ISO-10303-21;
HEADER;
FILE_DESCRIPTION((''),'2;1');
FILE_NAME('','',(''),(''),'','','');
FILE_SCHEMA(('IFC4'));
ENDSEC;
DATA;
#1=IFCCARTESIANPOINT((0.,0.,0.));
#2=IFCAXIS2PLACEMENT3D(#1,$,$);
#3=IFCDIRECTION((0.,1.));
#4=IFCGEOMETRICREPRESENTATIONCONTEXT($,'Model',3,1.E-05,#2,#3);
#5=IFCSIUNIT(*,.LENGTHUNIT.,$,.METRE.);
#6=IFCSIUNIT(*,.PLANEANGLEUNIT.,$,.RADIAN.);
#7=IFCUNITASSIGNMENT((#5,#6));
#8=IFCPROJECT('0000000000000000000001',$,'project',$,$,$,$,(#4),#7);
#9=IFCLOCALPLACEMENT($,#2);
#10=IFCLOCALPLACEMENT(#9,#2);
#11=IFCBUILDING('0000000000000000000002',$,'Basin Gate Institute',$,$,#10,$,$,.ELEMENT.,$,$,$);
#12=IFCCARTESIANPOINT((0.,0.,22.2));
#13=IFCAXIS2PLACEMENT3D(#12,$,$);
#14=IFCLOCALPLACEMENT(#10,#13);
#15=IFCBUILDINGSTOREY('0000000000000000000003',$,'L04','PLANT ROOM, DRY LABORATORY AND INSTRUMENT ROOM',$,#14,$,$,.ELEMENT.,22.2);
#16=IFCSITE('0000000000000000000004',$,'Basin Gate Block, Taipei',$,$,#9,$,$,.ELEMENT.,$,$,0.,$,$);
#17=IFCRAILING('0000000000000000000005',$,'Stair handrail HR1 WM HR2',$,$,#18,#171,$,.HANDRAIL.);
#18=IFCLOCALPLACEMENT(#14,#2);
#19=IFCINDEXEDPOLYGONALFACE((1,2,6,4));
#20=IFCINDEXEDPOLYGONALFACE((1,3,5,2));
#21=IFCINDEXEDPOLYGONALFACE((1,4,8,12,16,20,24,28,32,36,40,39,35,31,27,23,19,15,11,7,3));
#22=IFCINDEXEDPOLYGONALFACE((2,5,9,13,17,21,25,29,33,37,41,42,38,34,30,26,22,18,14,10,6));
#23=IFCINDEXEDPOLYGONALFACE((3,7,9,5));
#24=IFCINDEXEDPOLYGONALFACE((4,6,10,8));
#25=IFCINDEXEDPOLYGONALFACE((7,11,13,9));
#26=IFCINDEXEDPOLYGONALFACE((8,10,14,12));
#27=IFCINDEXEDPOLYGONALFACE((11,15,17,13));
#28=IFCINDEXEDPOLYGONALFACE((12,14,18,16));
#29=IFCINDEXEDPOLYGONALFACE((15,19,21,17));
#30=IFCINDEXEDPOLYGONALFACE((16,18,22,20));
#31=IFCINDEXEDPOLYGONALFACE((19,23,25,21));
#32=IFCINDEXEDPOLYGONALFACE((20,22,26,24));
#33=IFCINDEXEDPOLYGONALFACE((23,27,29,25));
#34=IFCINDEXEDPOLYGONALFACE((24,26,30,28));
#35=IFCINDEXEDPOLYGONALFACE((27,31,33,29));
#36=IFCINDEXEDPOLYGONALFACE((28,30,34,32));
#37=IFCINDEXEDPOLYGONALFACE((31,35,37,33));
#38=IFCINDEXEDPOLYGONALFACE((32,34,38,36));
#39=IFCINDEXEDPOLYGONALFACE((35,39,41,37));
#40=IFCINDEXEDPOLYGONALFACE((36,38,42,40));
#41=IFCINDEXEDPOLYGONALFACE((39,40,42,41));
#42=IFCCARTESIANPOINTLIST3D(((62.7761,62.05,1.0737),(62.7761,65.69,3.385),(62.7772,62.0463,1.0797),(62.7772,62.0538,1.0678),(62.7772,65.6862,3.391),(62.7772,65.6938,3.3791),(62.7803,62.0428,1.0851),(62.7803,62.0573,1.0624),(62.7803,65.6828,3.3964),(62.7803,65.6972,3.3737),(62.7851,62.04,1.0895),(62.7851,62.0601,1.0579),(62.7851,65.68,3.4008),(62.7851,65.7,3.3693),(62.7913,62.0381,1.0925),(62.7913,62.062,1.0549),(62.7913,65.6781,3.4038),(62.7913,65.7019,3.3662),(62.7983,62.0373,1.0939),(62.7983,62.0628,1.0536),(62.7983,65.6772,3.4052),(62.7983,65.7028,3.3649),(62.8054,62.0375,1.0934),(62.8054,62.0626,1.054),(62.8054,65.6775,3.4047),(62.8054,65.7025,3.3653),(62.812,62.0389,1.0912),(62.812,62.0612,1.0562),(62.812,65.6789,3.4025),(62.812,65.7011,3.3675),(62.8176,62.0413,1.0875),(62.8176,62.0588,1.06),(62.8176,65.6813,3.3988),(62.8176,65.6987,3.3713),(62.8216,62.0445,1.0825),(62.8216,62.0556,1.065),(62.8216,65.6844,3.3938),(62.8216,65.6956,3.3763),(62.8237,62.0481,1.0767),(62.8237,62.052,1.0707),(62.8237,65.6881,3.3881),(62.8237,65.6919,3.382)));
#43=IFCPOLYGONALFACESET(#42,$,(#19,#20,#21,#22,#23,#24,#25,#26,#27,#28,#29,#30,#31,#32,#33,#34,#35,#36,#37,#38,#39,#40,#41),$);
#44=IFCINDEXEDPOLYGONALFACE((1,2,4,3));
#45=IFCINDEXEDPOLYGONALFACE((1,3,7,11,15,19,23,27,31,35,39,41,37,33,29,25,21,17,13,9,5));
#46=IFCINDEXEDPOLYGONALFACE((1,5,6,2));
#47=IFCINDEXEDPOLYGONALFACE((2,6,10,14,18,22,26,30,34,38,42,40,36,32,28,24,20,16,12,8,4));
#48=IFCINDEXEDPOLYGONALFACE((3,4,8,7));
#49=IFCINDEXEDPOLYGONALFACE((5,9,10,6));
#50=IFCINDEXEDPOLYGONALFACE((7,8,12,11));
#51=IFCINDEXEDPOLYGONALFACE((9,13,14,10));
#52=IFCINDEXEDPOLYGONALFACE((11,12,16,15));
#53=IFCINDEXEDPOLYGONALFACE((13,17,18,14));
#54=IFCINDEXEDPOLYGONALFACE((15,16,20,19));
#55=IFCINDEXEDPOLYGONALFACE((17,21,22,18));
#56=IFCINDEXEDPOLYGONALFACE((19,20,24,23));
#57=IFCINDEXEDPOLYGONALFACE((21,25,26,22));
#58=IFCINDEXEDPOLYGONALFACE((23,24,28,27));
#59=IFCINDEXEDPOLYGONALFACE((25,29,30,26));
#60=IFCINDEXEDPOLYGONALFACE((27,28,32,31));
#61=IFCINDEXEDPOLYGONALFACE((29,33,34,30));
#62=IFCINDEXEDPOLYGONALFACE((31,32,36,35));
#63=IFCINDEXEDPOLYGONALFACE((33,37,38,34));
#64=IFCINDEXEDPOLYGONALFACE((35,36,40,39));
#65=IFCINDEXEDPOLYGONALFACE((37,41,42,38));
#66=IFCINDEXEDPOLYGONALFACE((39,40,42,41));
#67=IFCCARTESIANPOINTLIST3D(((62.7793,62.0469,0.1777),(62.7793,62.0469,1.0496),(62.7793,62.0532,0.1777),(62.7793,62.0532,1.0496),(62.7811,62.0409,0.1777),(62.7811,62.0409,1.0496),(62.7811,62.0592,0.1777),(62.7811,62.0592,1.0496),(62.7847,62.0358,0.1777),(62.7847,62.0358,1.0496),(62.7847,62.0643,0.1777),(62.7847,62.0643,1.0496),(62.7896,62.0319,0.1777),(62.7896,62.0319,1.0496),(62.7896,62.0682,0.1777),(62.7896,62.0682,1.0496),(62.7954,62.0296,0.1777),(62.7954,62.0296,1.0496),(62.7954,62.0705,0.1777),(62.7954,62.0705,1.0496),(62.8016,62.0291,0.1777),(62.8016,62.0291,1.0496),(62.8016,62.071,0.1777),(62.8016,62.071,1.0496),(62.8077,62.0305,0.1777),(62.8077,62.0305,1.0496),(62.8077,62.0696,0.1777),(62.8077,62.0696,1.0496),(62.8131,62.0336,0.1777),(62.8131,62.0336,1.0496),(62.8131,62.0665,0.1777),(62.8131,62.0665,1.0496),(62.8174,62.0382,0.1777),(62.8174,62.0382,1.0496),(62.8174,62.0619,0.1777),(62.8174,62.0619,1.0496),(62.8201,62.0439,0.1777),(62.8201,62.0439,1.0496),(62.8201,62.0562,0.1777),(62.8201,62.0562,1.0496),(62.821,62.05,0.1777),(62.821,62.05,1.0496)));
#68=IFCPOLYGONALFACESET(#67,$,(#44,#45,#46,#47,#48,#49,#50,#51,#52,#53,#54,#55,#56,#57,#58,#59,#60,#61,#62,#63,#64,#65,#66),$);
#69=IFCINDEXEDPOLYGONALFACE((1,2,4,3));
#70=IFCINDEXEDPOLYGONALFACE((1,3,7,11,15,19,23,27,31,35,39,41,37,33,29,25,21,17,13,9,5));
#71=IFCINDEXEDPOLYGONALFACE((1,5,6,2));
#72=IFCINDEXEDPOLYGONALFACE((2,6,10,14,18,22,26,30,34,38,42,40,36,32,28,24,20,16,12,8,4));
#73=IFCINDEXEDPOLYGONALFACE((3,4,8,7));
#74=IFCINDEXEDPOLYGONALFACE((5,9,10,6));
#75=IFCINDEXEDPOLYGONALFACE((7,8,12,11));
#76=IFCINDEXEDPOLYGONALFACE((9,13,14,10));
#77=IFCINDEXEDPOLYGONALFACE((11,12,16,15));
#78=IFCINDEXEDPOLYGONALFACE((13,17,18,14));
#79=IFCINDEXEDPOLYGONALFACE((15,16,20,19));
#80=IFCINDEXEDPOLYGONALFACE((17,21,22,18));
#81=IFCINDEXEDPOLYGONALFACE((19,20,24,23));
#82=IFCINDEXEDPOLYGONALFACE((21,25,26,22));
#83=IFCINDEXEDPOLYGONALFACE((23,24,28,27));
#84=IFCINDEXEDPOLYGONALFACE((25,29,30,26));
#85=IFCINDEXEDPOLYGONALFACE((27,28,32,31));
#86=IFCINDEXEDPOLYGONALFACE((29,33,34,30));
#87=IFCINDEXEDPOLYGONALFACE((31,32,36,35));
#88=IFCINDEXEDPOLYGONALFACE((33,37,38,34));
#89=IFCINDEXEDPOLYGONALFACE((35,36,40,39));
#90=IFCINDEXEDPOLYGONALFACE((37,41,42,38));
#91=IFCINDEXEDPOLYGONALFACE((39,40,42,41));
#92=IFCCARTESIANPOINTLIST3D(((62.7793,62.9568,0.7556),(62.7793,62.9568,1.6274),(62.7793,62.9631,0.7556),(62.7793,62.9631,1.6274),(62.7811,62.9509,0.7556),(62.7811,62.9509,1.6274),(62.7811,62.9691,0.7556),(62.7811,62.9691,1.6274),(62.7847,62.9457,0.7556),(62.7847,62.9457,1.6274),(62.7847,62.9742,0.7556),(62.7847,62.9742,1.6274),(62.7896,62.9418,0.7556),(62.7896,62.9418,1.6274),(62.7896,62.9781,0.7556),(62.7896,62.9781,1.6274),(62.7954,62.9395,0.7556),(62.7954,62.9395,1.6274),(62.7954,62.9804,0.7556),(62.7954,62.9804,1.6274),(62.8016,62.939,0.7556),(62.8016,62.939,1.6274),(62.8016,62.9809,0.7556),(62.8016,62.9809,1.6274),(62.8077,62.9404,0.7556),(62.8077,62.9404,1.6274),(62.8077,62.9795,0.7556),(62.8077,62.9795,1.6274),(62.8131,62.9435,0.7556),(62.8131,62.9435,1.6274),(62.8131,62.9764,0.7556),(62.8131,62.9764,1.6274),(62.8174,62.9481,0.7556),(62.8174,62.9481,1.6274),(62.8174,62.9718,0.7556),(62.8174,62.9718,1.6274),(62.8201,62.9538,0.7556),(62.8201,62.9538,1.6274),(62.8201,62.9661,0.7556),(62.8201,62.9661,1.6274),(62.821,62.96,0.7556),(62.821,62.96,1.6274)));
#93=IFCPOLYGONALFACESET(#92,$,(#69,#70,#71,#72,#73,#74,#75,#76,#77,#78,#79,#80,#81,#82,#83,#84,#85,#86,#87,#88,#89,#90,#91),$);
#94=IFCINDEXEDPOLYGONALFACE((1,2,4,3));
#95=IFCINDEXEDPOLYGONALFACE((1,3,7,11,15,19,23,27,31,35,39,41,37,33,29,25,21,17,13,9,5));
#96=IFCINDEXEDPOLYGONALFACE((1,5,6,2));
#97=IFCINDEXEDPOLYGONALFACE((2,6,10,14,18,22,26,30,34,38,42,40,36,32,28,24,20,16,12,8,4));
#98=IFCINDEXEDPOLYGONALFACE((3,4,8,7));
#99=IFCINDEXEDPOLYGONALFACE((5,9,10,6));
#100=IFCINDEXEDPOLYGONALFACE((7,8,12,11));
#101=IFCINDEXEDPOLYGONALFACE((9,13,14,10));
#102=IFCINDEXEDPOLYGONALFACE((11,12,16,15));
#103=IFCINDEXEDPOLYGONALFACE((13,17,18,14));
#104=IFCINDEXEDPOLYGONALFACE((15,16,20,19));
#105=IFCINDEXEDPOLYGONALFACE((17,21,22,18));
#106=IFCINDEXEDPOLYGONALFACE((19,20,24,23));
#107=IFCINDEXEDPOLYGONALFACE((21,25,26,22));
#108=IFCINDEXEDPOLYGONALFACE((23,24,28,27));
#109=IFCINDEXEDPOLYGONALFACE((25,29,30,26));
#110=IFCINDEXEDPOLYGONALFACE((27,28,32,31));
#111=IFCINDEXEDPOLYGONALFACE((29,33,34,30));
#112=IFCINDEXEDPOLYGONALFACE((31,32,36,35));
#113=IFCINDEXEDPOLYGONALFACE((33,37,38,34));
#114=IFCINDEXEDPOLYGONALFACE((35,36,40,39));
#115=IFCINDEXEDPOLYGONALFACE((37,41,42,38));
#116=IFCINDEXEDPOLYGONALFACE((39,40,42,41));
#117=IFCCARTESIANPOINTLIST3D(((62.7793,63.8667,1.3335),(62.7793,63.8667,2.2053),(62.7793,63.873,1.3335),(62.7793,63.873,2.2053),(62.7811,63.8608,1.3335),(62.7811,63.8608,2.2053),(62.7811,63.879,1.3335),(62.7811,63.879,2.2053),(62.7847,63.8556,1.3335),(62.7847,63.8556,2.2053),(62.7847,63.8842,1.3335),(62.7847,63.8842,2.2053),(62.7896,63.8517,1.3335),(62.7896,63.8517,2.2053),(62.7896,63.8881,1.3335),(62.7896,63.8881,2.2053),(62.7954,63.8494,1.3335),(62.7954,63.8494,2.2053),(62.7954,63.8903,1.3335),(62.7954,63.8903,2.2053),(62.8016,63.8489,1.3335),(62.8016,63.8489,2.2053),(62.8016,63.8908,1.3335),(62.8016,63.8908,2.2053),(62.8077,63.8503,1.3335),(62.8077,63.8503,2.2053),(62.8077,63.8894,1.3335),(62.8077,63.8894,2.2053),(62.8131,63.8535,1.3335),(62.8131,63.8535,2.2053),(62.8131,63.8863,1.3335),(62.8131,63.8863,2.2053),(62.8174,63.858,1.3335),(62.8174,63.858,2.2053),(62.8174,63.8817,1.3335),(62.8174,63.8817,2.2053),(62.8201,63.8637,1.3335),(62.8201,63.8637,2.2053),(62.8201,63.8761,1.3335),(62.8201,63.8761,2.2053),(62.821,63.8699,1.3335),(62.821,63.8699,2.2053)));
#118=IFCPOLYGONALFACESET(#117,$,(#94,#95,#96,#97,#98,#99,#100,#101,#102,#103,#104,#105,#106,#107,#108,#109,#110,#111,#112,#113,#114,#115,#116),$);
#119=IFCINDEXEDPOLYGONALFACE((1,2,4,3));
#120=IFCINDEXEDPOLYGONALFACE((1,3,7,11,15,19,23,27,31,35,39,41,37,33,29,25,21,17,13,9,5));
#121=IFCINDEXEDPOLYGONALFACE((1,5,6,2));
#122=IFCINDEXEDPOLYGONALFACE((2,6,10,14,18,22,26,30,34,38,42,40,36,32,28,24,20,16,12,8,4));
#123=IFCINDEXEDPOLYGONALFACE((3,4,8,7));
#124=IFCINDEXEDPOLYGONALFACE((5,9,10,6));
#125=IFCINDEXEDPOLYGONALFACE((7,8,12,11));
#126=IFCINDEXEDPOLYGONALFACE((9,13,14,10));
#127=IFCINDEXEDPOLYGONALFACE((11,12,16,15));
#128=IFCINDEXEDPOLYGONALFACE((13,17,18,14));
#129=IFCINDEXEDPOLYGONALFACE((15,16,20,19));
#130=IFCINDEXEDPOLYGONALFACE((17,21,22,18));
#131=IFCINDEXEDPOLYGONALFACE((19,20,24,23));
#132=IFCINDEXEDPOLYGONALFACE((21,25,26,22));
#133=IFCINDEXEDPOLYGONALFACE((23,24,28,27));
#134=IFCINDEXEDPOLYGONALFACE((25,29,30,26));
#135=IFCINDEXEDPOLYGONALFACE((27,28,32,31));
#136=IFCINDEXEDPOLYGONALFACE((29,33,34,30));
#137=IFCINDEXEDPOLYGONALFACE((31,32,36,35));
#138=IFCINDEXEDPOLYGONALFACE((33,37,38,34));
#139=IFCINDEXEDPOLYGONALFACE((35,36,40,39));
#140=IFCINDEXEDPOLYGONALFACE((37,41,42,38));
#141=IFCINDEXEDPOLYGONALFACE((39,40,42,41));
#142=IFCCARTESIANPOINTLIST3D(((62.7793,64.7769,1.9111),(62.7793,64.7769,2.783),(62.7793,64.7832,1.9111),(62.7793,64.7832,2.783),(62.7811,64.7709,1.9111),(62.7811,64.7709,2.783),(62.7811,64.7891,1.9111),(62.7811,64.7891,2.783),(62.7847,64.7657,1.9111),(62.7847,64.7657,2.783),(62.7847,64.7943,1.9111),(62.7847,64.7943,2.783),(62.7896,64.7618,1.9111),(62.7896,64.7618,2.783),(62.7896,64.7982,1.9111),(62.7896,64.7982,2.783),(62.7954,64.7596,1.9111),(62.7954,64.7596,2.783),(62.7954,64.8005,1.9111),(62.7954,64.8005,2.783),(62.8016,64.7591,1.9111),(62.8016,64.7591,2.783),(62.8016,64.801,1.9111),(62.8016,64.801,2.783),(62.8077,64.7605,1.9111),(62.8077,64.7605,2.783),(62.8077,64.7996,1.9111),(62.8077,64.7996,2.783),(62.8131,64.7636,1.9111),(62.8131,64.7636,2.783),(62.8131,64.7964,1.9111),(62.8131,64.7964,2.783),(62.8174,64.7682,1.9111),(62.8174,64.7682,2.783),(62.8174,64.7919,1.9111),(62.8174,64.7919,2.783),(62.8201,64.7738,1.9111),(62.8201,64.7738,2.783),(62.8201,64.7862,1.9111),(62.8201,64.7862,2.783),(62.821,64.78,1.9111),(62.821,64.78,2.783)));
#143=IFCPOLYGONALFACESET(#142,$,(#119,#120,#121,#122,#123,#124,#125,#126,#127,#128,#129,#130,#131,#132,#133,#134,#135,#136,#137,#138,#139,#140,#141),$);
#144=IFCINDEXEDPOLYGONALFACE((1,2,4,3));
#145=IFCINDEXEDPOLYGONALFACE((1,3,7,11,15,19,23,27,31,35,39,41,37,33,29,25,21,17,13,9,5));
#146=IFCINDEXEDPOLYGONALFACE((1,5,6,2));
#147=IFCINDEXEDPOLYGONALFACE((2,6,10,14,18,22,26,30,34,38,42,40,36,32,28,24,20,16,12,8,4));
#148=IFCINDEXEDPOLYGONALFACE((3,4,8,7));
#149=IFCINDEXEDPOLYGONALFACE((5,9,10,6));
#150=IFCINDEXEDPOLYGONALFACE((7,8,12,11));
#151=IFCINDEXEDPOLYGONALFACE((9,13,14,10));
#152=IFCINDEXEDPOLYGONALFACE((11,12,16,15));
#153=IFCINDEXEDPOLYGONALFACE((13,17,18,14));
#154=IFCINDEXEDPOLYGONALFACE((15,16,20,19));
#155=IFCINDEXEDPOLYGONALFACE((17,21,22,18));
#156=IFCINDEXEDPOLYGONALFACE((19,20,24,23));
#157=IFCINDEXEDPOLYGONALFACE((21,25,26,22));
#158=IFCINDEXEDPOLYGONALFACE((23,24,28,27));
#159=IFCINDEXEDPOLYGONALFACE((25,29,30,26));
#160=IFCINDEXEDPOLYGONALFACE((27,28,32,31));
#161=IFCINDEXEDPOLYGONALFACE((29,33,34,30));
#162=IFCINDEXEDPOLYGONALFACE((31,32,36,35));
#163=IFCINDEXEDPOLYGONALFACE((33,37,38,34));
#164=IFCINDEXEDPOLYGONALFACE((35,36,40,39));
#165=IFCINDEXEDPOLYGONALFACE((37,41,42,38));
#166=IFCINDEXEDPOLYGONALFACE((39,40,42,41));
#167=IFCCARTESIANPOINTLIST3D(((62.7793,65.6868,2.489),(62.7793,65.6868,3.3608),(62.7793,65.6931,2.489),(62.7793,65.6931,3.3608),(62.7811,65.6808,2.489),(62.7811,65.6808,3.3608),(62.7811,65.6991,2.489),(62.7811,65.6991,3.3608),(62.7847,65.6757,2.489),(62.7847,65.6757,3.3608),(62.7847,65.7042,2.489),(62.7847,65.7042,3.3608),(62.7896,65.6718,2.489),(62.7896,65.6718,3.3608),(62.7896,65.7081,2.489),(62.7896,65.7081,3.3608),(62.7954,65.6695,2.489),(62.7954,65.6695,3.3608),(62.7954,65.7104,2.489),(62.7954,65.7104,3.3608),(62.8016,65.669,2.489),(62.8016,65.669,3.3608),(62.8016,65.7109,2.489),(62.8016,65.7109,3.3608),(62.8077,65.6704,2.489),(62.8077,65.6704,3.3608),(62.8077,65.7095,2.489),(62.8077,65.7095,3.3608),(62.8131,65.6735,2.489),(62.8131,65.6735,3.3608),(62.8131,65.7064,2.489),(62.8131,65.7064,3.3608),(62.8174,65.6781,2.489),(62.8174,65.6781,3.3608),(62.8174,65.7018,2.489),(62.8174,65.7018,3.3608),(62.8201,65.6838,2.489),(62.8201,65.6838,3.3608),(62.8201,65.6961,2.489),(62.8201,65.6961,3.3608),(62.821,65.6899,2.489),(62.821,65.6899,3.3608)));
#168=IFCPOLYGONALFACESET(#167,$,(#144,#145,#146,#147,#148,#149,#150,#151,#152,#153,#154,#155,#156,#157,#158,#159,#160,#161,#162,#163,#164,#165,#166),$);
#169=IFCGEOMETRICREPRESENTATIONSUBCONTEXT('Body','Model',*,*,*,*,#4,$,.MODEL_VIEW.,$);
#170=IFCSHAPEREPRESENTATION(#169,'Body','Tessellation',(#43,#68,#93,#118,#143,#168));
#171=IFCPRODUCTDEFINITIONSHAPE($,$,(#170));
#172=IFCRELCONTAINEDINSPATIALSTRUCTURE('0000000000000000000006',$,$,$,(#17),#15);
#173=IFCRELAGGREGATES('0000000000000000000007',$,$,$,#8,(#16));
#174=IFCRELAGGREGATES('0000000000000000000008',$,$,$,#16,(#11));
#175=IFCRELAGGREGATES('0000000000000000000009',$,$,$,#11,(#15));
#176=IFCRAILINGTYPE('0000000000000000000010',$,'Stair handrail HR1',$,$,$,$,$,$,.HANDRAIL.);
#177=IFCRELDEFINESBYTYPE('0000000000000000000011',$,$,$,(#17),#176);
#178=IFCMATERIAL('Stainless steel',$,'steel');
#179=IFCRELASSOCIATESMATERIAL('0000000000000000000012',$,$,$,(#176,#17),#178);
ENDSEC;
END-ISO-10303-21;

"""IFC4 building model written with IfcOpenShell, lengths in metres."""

from ifc_helpers import new_model, si_unit, direction, frame, origin, origin_2d, place, context, subcontext, project, spatial, circle, extrude, material, type_object, element, save


model = new_model("IFC4")

# Units and contexts
model_context = context("Model", 3, precision=1e-05, world=origin(), true_north=direction((0.0, 1.0)))
body_context = subcontext(model_context, "Body", "Model", "MODEL_VIEW")
ifc_project = project(units=[si_unit("LENGTHUNIT", "METRE"), si_unit("PLANEANGLEUNIT", "RADIAN")], contexts=[model_context])

# Site, building, storey
site_placement = place(None, origin())
site = spatial("IfcSite", under=ifc_project, at=site_placement, Name="Basin Gate Block, Taipei", CompositionType="ELEMENT", RefElevation=0.0)
building_placement = place(site_placement, origin())
building = spatial("IfcBuilding", under=site, at=building_placement, Name="Basin Gate Institute", CompositionType="ELEMENT")
storey_placement = place(building_placement, frame((0.0, 0.0, 22.2)))
storey = spatial("IfcBuildingStorey", under=building, at=storey_placement, Name="L04", Description="PLANT ROOM, DRY LABORATORY AND INSTRUMENT ROOM", CompositionType="ELEMENT", Elevation=22.2)

# Railing
ifc_material_1 = material(Name="Stainless steel", Category="steel")
railing_type_1 = type_object("IfcRailingType", Name="Stair handrail HR1", PredefinedType="HANDRAIL", material=ifc_material_1)
for number, where, name in (
    (1, (62.8, 62.05, 0.1777), "Stair handrail HR1 WM HR2"),
):
    element("IfcRailing", number, at=place(storey_placement, frame(where)), inside=storey, type_object=railing_type_1, material=ifc_material_1, Name=name, PredefinedType="HANDRAIL", context=body_context, shape_type="SweptSolid", body=[
        extrude(circle(Radius=0.0239, at=origin_2d()), frame((0.0, 0.0, 0.896), z_axis=(0.0, 0.844188, 0.536047), x_axis=(-1.0, 0.0, 0.0)), (0.0, 0.0, 1.0), 4.3118),
        extrude(circle(Radius=0.021, at=origin_2d()), origin(), (0.0, 0.0, 1.0), 0.8718),
        extrude(circle(Radius=0.021, at=origin_2d()), frame((0.0, 0.9099, 0.5779)), (0.0, 0.0, 1.0), 0.8718),
        extrude(circle(Radius=0.021, at=origin_2d()), frame((0.0, 1.8198, 1.1558)), (0.0, 0.0, 1.0), 0.8718),
        extrude(circle(Radius=0.021, at=origin_2d()), frame((0.0, 2.73, 1.7334)), (0.0, 0.0, 1.0), 0.8718),
        extrude(circle(Radius=0.021, at=origin_2d()), frame((0.0, 3.6399, 2.3113)), (0.0, 0.0, 1.0), 0.8718),
    ])

save(model, "model.ifc")
